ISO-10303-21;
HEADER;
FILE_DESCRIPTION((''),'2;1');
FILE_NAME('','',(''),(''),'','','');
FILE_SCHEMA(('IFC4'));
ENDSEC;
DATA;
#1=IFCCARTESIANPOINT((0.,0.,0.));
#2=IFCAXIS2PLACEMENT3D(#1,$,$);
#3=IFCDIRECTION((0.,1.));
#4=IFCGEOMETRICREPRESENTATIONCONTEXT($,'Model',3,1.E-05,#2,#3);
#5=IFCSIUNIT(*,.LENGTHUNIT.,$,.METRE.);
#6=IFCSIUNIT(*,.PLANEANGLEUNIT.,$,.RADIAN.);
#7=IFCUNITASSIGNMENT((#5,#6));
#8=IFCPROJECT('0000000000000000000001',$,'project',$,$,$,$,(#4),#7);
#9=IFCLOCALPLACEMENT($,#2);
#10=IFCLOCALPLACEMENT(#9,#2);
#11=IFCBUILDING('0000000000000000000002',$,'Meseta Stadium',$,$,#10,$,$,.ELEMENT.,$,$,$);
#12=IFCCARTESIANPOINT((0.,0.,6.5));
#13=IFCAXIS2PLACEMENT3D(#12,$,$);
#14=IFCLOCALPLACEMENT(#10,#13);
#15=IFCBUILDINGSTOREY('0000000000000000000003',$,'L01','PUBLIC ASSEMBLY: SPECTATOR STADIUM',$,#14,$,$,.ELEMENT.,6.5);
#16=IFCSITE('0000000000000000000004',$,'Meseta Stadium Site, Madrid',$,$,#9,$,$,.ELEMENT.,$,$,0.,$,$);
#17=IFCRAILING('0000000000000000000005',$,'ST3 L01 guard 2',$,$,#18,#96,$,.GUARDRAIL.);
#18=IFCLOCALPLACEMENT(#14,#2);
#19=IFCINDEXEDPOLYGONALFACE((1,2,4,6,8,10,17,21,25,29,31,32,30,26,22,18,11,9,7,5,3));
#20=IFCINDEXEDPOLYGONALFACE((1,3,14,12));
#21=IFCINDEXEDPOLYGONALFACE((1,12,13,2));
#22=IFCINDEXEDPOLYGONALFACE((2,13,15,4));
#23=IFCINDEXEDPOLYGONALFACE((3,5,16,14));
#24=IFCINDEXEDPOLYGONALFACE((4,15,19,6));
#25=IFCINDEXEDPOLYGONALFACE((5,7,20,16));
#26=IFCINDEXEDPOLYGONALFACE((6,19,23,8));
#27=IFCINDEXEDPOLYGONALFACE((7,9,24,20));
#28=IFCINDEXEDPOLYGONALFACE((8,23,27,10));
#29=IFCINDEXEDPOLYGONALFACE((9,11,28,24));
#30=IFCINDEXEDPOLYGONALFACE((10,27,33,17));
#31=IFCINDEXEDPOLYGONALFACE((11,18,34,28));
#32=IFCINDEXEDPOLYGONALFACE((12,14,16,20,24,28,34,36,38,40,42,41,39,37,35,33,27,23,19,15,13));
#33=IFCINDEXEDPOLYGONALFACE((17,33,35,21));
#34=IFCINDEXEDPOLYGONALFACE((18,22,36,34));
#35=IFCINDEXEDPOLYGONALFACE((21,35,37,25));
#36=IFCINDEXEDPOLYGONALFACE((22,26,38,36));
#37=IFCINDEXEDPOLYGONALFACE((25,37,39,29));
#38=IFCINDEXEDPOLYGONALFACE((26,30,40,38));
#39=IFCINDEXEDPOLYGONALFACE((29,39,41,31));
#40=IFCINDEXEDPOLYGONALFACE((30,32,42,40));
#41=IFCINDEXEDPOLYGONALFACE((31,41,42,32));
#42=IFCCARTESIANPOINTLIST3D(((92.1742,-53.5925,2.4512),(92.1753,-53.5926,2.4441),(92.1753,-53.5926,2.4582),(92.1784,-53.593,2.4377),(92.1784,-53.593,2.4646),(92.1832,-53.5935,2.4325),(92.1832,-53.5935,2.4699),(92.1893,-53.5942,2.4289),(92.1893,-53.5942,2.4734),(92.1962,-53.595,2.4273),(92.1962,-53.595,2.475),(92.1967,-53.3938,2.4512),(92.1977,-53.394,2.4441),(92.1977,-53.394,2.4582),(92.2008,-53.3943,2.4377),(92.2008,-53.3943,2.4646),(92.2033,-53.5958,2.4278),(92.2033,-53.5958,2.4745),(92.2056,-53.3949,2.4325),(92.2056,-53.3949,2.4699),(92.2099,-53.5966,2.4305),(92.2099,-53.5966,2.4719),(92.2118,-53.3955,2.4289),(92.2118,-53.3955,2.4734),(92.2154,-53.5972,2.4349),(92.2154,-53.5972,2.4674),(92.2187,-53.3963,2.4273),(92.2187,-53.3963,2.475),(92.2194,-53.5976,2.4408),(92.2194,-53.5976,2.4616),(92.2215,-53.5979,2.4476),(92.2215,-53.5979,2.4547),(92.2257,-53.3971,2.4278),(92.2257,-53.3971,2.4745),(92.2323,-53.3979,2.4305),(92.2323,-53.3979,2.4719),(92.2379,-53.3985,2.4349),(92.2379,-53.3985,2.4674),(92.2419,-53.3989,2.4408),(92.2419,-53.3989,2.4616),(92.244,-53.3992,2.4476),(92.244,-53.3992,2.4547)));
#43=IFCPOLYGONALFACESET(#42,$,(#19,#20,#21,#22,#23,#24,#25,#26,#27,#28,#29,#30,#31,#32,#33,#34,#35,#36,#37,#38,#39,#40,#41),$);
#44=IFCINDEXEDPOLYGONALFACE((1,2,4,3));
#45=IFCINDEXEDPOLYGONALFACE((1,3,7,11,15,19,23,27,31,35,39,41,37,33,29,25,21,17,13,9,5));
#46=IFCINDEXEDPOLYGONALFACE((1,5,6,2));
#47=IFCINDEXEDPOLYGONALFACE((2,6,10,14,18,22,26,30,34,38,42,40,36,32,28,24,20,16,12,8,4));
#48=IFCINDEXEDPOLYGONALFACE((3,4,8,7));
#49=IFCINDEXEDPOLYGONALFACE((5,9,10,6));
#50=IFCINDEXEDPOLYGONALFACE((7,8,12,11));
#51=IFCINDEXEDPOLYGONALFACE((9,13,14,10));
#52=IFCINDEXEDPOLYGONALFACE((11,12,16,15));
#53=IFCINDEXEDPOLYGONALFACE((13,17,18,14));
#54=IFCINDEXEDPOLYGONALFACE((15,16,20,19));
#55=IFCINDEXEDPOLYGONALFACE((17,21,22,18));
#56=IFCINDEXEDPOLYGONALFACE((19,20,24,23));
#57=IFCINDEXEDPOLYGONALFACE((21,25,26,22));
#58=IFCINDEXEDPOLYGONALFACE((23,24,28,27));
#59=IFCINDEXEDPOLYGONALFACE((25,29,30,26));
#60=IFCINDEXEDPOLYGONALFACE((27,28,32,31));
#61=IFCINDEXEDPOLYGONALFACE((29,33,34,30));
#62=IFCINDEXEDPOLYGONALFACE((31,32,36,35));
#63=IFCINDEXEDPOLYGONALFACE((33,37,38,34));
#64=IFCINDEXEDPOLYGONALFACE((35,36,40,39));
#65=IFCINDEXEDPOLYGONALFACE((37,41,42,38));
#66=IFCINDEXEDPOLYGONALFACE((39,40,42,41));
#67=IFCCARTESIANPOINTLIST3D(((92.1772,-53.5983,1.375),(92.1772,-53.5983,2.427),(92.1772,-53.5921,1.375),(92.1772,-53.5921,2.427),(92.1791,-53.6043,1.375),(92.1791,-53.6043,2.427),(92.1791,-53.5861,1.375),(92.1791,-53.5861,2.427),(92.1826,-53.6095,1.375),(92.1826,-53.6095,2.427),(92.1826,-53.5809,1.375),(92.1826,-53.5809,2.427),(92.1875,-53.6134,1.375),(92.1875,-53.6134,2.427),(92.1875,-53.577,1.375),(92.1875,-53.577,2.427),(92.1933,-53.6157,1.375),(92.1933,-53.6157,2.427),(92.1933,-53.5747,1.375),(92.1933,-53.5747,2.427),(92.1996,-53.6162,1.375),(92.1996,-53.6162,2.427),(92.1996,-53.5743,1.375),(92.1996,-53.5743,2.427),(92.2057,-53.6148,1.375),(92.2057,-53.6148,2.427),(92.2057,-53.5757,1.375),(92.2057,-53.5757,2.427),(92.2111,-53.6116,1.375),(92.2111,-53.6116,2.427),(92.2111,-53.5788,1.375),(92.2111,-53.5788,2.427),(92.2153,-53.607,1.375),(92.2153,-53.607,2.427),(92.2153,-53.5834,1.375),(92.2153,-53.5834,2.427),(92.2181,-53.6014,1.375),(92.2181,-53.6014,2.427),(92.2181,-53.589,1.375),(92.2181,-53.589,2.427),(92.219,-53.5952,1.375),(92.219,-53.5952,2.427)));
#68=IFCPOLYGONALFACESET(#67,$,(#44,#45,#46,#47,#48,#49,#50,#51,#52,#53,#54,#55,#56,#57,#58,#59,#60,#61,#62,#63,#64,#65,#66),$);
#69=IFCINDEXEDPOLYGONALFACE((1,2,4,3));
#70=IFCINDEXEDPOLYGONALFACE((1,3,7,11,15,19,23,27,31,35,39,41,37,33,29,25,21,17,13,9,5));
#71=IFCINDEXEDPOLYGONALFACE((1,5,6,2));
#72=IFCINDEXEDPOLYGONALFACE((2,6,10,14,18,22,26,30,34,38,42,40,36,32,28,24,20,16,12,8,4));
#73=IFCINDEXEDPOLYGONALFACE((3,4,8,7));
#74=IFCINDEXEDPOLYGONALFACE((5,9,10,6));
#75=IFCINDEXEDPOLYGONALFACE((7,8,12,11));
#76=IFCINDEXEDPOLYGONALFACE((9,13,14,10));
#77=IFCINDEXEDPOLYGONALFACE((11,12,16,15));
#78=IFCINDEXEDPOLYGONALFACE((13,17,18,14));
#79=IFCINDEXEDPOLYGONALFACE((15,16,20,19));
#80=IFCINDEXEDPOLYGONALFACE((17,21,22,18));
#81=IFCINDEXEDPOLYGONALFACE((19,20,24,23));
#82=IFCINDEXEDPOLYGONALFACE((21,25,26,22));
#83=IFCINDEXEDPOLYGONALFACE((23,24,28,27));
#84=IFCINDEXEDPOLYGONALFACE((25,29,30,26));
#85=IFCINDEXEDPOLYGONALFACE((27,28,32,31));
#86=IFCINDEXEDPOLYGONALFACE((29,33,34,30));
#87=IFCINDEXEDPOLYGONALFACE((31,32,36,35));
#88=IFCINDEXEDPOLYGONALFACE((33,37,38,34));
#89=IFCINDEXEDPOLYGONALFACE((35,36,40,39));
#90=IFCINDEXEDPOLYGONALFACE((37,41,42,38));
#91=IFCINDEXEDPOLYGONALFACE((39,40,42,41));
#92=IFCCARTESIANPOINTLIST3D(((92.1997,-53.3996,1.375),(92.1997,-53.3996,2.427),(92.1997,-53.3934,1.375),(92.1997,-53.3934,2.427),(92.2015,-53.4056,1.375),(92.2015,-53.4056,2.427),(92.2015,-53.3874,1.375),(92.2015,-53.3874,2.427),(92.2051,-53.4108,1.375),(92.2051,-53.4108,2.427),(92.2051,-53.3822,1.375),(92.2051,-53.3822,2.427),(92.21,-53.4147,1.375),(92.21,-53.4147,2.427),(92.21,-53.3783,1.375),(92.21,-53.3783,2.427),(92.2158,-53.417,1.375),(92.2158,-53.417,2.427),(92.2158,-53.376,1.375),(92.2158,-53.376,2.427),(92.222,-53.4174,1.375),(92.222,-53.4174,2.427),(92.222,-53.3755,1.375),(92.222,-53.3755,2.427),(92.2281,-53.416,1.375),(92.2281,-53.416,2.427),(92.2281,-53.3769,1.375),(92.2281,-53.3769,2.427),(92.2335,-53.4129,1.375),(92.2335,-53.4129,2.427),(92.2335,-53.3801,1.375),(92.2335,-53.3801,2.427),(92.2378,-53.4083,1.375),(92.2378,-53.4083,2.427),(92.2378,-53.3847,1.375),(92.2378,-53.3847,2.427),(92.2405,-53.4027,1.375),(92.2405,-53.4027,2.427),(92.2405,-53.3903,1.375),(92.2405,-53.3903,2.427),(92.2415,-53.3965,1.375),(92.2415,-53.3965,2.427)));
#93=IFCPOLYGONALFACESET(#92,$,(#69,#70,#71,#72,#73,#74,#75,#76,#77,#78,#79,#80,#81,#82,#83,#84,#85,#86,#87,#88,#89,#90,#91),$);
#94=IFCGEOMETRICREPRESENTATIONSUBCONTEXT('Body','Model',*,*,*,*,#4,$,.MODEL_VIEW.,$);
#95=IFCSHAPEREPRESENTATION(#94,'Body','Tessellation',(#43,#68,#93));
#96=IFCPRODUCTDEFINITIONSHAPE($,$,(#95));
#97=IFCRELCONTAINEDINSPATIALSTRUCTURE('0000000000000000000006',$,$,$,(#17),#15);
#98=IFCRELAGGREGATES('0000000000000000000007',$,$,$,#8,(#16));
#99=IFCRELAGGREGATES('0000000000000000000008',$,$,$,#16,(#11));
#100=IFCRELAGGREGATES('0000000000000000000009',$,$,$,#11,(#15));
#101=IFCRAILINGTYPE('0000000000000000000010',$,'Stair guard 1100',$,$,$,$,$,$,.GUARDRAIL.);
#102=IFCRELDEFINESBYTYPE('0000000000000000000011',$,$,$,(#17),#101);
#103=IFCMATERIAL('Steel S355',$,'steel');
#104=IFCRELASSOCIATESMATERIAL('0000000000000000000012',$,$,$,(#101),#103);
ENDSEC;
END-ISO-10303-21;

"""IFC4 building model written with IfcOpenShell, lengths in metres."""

from ifc_helpers import new_model, si_unit, direction, frame, origin, origin_2d, place, context, subcontext, project, spatial, circle, extrude, material, type_object, element, save


model = new_model("IFC4")

# Units and contexts
model_context = context("Model", 3, precision=1e-05, world=origin(), true_north=direction((0.0, 1.0)))
body_context = subcontext(model_context, "Body", "Model", "MODEL_VIEW")
ifc_project = project(units=[si_unit("LENGTHUNIT", "METRE"), si_unit("PLANEANGLEUNIT", "RADIAN")], contexts=[model_context])

# Site, building, storey
site_placement = place(None, origin())
site = spatial("IfcSite", under=ifc_project, at=site_placement, Name="Meseta Stadium Site, Madrid", CompositionType="ELEMENT", RefElevation=0.0)
building_placement = place(site_placement, origin())
building = spatial("IfcBuilding", under=site, at=building_placement, Name="Meseta Stadium", CompositionType="ELEMENT")
storey_placement = place(building_placement, frame((0.0, 0.0, 6.5)))
storey = spatial("IfcBuildingStorey", under=building, at=storey_placement, Name="L01", Description="PUBLIC ASSEMBLY: SPECTATOR STADIUM", CompositionType="ELEMENT", Elevation=6.5)

# Railing
ifc_material_1 = material(Name="Steel S355", Category="steel")
railing_type_1 = type_object("IfcRailingType", Name="Stair guard 1100", PredefinedType="GUARDRAIL", material=ifc_material_1)
railing_1_placement = place(storey_placement, frame((92.198, -53.5952, 1.375)))
element("IfcRailing", 1, at=railing_1_placement, inside=storey, type_object=railing_type_1, Name="ST3 L01 guard 2", PredefinedType="GUARDRAIL", context=body_context, shape_type="SweptSolid", body=[
    extrude(circle(Radius=0.0239, at=origin_2d()), frame((0.0, 0.0, 1.0762), z_axis=(0.112307, 0.993674, 0.0), x_axis=(-0.993674, 0.112307, 0.0)), (0.0, 0.0, 1.0), 0.2),
    extrude(circle(Radius=0.021, at=origin_2d()), origin(), (0.0, 0.0, 1.0), 1.052),
    extrude(circle(Radius=0.021, at=origin_2d()), frame((0.0225, 0.1987, 0.0)), (0.0, 0.0, 1.0), 1.052),
])

save(model, "model.ifc")
